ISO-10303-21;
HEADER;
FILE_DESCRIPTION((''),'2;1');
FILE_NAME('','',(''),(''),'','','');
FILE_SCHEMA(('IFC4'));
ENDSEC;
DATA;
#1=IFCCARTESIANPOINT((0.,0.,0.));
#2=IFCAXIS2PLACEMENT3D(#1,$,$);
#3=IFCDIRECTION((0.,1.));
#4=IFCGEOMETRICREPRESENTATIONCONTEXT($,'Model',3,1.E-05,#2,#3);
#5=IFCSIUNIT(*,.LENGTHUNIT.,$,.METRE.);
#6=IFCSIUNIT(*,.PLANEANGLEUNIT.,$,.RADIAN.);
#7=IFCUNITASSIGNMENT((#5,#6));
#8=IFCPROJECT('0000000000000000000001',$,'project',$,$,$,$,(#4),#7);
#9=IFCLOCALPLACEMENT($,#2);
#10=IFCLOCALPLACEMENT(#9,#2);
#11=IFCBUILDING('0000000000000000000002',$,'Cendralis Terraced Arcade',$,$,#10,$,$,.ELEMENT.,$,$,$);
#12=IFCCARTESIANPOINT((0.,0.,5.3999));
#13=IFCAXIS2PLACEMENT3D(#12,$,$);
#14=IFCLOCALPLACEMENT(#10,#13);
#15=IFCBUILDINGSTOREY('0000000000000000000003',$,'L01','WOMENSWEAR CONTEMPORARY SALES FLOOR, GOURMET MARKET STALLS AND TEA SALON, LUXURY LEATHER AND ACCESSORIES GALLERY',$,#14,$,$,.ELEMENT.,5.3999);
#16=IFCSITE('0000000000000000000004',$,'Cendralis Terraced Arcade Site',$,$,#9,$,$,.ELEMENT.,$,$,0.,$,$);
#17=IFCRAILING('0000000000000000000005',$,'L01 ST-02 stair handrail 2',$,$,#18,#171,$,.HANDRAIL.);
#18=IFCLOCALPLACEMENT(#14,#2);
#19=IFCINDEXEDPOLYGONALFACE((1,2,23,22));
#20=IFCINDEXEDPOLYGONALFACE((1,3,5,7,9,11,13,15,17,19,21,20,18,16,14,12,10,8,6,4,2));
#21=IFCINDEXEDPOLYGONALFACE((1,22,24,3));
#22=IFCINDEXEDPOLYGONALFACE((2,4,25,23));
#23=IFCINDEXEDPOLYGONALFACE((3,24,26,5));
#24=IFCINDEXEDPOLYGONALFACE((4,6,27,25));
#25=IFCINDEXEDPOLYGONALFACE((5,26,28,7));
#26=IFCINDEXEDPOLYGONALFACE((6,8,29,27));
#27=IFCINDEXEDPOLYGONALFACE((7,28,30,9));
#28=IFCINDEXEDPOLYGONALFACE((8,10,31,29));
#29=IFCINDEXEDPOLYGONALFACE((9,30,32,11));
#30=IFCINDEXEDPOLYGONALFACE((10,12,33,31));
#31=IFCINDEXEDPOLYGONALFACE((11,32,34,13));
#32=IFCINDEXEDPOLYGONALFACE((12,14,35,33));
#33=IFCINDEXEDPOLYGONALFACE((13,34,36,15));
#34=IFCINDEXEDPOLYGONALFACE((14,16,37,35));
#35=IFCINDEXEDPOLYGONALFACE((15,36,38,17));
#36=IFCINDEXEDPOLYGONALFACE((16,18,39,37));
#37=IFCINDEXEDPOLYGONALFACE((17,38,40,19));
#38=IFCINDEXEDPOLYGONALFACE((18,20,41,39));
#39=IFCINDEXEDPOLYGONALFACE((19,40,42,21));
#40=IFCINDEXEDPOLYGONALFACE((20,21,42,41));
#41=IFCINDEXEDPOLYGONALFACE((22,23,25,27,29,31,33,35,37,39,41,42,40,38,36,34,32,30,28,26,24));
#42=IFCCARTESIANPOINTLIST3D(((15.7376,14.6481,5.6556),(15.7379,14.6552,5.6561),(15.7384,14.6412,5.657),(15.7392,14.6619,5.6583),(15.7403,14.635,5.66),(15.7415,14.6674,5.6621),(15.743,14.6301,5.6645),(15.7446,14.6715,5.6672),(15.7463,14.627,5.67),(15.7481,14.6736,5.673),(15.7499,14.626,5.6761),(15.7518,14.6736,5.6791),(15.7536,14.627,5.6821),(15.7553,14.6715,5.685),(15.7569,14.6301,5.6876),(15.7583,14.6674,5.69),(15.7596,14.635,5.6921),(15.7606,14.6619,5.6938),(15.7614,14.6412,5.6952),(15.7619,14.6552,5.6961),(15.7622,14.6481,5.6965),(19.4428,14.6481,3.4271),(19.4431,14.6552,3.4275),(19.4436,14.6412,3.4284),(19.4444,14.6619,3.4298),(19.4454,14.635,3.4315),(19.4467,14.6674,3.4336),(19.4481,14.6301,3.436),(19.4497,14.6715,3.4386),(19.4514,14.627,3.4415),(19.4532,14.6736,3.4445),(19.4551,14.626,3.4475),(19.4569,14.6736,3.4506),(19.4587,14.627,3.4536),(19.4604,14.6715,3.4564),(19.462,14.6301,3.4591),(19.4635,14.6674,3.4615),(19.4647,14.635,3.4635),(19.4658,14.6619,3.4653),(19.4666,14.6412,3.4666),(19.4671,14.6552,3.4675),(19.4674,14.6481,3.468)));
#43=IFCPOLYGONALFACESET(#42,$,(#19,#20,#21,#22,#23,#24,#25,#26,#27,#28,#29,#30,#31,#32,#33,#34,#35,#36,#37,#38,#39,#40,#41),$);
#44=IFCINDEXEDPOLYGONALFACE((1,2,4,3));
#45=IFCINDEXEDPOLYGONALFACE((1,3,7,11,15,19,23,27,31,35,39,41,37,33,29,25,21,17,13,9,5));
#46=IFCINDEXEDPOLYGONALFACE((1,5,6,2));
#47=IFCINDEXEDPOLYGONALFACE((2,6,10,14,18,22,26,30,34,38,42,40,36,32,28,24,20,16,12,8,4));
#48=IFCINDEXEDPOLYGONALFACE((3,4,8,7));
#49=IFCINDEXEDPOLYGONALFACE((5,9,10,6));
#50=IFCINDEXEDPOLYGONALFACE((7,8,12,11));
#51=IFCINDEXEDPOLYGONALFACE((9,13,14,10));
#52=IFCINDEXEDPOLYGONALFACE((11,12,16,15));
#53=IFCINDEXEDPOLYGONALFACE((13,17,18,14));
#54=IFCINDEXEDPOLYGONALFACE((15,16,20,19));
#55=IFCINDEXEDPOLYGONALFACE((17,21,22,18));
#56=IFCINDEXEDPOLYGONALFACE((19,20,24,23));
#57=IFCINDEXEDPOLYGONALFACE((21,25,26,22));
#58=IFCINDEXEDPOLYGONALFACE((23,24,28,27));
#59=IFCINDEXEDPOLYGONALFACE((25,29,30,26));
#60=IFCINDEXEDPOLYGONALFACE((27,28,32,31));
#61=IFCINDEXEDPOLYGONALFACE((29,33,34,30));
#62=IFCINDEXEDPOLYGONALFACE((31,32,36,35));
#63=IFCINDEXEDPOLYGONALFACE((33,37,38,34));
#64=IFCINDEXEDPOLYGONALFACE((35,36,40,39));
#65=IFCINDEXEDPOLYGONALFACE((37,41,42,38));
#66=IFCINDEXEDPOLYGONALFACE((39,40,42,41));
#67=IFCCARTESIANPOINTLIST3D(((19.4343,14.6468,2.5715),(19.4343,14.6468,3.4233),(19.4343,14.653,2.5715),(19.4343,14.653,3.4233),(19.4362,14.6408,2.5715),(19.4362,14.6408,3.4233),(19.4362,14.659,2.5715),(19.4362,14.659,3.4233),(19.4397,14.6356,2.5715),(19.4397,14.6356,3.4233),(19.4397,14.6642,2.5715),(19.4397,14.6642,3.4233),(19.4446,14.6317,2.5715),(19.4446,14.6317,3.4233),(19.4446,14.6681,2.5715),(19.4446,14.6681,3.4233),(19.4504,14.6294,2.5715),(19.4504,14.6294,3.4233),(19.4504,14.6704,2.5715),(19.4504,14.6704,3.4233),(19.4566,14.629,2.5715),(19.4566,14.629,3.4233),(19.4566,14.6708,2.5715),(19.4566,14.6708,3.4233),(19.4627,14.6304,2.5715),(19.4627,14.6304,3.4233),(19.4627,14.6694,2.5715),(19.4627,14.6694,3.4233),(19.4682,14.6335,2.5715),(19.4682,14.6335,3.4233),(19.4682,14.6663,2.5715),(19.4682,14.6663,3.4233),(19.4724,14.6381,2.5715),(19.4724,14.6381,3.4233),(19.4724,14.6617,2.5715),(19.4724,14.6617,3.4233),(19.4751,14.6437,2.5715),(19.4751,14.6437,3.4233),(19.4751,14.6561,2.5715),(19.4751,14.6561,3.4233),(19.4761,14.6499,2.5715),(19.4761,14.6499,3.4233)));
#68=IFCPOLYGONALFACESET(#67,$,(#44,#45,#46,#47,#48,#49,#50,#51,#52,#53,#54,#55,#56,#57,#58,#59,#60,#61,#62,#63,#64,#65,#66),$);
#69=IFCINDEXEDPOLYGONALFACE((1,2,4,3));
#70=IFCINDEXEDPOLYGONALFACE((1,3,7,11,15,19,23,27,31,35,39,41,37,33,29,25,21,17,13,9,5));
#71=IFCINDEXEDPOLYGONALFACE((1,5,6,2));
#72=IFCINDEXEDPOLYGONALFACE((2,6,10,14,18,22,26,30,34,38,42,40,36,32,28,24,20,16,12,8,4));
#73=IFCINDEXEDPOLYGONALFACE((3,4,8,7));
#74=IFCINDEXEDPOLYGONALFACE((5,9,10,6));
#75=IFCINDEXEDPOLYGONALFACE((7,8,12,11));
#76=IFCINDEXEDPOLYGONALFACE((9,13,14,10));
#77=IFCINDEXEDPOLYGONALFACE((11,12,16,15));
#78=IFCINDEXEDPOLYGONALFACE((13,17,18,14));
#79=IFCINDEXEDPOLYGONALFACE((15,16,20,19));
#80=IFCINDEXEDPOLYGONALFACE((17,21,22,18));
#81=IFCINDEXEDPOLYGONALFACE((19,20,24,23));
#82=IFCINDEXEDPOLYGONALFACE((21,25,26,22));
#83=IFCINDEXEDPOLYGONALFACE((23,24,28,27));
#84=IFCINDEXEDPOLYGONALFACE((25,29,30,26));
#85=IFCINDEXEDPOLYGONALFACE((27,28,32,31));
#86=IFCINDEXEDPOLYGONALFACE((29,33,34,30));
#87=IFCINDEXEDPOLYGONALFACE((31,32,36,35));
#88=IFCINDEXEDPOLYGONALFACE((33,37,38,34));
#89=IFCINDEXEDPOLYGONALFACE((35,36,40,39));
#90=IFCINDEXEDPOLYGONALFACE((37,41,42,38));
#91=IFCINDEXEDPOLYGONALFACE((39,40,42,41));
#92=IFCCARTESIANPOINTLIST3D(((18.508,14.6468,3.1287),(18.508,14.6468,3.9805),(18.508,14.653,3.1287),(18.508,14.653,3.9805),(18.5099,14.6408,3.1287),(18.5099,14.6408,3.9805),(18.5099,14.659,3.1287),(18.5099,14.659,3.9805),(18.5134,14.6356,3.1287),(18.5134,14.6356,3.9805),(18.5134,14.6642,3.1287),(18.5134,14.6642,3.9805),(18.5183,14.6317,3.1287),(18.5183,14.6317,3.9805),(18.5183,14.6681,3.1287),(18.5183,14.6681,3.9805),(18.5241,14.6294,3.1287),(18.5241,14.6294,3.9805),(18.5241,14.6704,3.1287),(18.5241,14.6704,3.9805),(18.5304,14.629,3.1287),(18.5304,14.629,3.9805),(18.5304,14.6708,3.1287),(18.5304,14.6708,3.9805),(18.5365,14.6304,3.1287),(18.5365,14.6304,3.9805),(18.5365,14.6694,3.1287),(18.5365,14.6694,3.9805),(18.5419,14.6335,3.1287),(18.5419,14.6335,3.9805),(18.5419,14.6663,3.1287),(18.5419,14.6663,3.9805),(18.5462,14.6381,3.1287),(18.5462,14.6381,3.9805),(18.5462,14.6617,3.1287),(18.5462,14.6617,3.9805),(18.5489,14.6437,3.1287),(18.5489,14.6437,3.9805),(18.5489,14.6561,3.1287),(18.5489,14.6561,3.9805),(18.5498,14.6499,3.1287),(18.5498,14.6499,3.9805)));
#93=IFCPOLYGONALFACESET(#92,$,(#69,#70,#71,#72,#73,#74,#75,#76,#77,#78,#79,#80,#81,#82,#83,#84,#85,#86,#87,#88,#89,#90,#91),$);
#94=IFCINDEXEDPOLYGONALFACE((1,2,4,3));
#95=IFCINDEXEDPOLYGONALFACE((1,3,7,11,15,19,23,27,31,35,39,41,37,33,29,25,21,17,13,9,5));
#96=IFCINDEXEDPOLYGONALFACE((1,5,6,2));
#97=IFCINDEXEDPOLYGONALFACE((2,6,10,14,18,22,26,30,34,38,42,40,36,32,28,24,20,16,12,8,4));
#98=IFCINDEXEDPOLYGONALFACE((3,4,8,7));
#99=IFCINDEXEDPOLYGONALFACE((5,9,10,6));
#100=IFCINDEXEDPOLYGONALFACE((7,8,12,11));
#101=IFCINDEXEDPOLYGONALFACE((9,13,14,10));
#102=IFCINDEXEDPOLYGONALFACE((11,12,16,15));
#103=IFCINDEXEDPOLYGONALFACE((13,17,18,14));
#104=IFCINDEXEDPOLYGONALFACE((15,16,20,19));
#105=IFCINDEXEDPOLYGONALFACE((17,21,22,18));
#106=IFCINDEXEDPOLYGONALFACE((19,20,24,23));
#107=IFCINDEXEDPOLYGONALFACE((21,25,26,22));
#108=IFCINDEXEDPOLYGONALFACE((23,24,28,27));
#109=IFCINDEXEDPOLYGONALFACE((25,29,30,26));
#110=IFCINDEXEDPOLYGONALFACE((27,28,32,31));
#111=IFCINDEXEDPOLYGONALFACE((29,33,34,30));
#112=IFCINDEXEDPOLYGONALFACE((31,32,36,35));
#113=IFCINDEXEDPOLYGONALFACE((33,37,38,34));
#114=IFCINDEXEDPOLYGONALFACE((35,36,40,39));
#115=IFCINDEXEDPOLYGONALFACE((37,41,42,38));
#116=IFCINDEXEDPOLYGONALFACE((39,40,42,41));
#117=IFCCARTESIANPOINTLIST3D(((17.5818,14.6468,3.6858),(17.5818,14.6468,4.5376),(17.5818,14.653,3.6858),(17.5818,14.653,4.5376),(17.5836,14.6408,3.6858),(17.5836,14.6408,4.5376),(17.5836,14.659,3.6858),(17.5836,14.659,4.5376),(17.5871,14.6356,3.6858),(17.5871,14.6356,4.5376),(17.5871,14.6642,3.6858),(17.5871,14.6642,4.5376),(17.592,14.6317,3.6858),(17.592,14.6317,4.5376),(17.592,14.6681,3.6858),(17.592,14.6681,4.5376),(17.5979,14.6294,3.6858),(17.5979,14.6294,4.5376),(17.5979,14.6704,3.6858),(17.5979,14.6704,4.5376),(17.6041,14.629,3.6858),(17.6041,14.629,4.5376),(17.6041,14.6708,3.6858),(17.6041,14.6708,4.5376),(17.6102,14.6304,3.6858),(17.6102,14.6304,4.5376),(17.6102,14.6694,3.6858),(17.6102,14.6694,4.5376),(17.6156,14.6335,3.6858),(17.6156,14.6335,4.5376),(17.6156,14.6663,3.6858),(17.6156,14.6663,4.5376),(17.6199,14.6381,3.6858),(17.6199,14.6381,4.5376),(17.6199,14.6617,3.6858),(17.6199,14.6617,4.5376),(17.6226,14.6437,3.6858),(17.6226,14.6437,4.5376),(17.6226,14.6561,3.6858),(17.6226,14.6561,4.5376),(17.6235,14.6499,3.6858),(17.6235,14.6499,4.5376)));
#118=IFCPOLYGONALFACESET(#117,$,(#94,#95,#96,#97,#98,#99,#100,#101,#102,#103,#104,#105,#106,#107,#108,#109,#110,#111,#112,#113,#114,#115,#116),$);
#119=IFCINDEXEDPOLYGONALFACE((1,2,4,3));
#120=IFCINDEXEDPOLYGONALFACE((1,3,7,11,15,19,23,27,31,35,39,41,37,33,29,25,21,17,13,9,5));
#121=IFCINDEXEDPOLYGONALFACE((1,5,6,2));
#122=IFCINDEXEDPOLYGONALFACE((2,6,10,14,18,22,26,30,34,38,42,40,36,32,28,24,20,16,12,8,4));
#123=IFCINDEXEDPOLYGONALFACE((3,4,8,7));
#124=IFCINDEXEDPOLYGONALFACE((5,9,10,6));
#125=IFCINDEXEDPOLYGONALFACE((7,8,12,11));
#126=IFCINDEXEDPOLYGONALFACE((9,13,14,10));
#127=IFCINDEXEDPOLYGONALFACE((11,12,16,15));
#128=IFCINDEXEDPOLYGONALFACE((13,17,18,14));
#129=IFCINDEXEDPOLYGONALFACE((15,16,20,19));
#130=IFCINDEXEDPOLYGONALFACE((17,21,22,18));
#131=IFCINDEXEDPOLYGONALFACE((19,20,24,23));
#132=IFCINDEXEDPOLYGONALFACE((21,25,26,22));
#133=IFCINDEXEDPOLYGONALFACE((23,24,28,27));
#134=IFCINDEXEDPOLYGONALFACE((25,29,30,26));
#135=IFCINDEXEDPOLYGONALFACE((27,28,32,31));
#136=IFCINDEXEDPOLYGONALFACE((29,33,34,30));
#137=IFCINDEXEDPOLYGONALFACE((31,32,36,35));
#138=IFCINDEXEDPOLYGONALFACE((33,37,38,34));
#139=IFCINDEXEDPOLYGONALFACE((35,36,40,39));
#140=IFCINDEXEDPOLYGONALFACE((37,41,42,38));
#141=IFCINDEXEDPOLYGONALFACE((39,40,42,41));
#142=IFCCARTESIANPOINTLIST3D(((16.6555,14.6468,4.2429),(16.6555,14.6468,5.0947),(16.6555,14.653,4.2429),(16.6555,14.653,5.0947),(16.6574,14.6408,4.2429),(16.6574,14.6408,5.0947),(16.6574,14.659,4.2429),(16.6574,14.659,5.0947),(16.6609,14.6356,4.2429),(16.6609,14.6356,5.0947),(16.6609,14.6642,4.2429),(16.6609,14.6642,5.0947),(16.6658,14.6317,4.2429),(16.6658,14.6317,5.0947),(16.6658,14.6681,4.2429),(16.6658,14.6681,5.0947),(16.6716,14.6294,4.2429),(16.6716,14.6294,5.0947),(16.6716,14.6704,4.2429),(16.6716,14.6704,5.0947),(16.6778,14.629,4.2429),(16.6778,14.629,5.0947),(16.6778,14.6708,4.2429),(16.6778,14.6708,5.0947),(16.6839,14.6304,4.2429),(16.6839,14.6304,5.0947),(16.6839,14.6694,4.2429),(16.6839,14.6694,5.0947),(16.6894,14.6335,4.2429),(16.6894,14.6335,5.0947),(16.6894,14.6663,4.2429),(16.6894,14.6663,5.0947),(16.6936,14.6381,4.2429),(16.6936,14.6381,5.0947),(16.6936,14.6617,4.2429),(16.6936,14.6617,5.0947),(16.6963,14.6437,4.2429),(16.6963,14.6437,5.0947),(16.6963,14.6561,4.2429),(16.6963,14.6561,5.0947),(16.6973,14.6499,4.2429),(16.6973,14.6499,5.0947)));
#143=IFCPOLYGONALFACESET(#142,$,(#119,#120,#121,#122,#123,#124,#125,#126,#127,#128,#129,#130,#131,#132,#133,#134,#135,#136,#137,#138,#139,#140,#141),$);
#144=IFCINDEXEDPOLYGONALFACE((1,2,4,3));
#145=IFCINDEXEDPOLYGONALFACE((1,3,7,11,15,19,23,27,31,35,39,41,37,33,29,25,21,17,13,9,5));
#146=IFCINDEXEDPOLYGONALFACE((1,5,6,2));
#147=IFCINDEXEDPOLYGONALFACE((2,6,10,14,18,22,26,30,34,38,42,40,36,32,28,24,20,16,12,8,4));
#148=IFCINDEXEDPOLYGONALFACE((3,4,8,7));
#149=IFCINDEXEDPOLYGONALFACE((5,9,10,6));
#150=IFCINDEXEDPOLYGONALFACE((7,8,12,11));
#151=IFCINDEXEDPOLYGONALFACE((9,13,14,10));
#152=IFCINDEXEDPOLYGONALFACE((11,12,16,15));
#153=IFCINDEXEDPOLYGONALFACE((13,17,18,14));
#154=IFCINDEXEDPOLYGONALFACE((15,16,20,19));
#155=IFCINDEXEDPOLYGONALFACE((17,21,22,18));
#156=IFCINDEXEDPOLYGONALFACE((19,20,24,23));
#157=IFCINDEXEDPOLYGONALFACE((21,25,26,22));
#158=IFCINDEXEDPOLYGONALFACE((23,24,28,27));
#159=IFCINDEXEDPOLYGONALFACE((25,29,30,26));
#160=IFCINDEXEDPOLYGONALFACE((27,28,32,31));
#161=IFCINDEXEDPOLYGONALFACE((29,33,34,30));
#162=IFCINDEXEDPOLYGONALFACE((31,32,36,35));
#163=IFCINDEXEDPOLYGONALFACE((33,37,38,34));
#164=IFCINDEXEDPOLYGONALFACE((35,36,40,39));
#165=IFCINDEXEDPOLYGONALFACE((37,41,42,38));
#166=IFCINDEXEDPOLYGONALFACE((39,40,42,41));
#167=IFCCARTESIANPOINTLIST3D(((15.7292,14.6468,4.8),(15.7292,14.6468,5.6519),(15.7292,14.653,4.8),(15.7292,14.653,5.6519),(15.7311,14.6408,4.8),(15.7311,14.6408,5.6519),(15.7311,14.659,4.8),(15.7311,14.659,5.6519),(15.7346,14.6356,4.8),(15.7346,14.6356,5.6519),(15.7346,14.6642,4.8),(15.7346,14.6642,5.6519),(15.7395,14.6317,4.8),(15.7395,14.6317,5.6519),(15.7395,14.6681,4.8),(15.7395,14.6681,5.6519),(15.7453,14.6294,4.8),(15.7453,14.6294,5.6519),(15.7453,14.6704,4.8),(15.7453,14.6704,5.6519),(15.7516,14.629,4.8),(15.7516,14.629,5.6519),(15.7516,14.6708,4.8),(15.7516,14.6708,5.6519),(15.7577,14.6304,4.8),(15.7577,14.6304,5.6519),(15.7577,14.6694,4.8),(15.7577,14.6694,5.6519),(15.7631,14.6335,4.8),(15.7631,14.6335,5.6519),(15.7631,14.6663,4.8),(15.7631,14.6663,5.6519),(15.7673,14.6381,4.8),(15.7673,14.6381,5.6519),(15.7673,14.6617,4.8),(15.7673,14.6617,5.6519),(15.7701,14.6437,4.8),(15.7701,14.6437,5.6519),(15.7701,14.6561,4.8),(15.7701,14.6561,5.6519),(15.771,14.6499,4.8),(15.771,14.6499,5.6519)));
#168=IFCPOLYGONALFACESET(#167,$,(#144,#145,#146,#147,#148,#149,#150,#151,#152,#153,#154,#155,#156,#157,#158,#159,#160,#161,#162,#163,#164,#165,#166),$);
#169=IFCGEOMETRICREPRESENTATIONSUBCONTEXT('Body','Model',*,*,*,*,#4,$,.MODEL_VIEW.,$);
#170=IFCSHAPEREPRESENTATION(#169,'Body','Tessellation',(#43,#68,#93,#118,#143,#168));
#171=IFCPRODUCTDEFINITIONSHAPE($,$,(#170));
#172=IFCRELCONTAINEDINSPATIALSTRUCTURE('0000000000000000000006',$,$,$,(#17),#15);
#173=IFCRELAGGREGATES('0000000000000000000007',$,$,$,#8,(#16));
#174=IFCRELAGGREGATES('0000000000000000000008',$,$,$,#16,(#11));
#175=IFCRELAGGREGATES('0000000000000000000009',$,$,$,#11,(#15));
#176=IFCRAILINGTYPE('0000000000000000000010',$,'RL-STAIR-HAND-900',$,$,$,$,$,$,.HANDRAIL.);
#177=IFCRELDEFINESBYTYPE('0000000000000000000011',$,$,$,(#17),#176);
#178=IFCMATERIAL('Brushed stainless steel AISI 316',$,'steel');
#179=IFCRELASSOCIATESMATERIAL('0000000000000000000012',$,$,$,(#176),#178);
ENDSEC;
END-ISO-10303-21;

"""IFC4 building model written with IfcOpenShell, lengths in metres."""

from ifc_helpers import new_model, si_unit, direction, frame, origin, origin_2d, place, context, subcontext, project, spatial, circle, extrude, material, type_object, element, save


model = new_model("IFC4")

# Units and contexts
model_context = context("Model", 3, precision=1e-05, world=origin(), true_north=direction((0.0, 1.0)))
body_context = subcontext(model_context, "Body", "Model", "MODEL_VIEW")
ifc_project = project(units=[si_unit("LENGTHUNIT", "METRE"), si_unit("PLANEANGLEUNIT", "RADIAN")], contexts=[model_context])

# Site, building, storey
site_placement = place(None, origin())
site = spatial("IfcSite", under=ifc_project, at=site_placement, Name="Cendralis Terraced Arcade Site", CompositionType="ELEMENT", RefElevation=0.0)
building_placement = place(site_placement, origin())
building = spatial("IfcBuilding", under=site, at=building_placement, Name="Cendralis Terraced Arcade", CompositionType="ELEMENT")
storey_placement = place(building_placement, frame((0.0, 0.0, 5.3999)))
storey = spatial("IfcBuildingStorey", under=building, at=storey_placement, Name="L01", Description="WOMENSWEAR CONTEMPORARY SALES FLOOR, GOURMET MARKET STALLS AND TEA SALON, LUXURY LEATHER AND ACCESSORIES GALLERY", CompositionType="ELEMENT", Elevation=5.3999)

# Railing
ifc_material_1 = material(Name="Brushed stainless steel AISI 316", Category="steel")
railing_type_1 = type_object("IfcRailingType", Name="RL-STAIR-HAND-900", PredefinedType="HANDRAIL", material=ifc_material_1)
railing_1_placement = place(storey_placement, frame((19.4551, 14.6499, 2.5715)))
element("IfcRailing", 1, at=railing_1_placement, inside=storey, type_object=railing_type_1, Name="L01 ST-02 stair handrail 2", PredefinedType="HANDRAIL", context=body_context, shape_type="SweptSolid", body=[
    extrude(circle(Radius=0.0239, at=origin_2d()), frame((0.0, 0.0, 0.876), z_axis=(-0.856934, 0.0, 0.515425), x_axis=(0.0, -1.0, 0.0)), (0.0, 0.0, 1.0), 4.3237),
    extrude(circle(Radius=0.021, at=origin_2d()), origin(), (0.0, 0.0, 1.0), 0.8518),
    extrude(circle(Radius=0.021, at=origin_2d()), frame((-0.9263, 0.0, 0.5571)), (0.0, 0.0, 1.0), 0.8518),
    extrude(circle(Radius=0.021, at=origin_2d()), frame((-1.8525, 0.0, 1.1143)), (0.0, 0.0, 1.0), 0.8518),
    extrude(circle(Radius=0.021, at=origin_2d()), frame((-2.7788, 0.0, 1.6714)), (0.0, 0.0, 1.0), 0.8518),
    extrude(circle(Radius=0.021, at=origin_2d()), frame((-3.7051, 0.0, 2.2285)), (0.0, 0.0, 1.0), 0.8518),
])

save(model, "model.ifc")
